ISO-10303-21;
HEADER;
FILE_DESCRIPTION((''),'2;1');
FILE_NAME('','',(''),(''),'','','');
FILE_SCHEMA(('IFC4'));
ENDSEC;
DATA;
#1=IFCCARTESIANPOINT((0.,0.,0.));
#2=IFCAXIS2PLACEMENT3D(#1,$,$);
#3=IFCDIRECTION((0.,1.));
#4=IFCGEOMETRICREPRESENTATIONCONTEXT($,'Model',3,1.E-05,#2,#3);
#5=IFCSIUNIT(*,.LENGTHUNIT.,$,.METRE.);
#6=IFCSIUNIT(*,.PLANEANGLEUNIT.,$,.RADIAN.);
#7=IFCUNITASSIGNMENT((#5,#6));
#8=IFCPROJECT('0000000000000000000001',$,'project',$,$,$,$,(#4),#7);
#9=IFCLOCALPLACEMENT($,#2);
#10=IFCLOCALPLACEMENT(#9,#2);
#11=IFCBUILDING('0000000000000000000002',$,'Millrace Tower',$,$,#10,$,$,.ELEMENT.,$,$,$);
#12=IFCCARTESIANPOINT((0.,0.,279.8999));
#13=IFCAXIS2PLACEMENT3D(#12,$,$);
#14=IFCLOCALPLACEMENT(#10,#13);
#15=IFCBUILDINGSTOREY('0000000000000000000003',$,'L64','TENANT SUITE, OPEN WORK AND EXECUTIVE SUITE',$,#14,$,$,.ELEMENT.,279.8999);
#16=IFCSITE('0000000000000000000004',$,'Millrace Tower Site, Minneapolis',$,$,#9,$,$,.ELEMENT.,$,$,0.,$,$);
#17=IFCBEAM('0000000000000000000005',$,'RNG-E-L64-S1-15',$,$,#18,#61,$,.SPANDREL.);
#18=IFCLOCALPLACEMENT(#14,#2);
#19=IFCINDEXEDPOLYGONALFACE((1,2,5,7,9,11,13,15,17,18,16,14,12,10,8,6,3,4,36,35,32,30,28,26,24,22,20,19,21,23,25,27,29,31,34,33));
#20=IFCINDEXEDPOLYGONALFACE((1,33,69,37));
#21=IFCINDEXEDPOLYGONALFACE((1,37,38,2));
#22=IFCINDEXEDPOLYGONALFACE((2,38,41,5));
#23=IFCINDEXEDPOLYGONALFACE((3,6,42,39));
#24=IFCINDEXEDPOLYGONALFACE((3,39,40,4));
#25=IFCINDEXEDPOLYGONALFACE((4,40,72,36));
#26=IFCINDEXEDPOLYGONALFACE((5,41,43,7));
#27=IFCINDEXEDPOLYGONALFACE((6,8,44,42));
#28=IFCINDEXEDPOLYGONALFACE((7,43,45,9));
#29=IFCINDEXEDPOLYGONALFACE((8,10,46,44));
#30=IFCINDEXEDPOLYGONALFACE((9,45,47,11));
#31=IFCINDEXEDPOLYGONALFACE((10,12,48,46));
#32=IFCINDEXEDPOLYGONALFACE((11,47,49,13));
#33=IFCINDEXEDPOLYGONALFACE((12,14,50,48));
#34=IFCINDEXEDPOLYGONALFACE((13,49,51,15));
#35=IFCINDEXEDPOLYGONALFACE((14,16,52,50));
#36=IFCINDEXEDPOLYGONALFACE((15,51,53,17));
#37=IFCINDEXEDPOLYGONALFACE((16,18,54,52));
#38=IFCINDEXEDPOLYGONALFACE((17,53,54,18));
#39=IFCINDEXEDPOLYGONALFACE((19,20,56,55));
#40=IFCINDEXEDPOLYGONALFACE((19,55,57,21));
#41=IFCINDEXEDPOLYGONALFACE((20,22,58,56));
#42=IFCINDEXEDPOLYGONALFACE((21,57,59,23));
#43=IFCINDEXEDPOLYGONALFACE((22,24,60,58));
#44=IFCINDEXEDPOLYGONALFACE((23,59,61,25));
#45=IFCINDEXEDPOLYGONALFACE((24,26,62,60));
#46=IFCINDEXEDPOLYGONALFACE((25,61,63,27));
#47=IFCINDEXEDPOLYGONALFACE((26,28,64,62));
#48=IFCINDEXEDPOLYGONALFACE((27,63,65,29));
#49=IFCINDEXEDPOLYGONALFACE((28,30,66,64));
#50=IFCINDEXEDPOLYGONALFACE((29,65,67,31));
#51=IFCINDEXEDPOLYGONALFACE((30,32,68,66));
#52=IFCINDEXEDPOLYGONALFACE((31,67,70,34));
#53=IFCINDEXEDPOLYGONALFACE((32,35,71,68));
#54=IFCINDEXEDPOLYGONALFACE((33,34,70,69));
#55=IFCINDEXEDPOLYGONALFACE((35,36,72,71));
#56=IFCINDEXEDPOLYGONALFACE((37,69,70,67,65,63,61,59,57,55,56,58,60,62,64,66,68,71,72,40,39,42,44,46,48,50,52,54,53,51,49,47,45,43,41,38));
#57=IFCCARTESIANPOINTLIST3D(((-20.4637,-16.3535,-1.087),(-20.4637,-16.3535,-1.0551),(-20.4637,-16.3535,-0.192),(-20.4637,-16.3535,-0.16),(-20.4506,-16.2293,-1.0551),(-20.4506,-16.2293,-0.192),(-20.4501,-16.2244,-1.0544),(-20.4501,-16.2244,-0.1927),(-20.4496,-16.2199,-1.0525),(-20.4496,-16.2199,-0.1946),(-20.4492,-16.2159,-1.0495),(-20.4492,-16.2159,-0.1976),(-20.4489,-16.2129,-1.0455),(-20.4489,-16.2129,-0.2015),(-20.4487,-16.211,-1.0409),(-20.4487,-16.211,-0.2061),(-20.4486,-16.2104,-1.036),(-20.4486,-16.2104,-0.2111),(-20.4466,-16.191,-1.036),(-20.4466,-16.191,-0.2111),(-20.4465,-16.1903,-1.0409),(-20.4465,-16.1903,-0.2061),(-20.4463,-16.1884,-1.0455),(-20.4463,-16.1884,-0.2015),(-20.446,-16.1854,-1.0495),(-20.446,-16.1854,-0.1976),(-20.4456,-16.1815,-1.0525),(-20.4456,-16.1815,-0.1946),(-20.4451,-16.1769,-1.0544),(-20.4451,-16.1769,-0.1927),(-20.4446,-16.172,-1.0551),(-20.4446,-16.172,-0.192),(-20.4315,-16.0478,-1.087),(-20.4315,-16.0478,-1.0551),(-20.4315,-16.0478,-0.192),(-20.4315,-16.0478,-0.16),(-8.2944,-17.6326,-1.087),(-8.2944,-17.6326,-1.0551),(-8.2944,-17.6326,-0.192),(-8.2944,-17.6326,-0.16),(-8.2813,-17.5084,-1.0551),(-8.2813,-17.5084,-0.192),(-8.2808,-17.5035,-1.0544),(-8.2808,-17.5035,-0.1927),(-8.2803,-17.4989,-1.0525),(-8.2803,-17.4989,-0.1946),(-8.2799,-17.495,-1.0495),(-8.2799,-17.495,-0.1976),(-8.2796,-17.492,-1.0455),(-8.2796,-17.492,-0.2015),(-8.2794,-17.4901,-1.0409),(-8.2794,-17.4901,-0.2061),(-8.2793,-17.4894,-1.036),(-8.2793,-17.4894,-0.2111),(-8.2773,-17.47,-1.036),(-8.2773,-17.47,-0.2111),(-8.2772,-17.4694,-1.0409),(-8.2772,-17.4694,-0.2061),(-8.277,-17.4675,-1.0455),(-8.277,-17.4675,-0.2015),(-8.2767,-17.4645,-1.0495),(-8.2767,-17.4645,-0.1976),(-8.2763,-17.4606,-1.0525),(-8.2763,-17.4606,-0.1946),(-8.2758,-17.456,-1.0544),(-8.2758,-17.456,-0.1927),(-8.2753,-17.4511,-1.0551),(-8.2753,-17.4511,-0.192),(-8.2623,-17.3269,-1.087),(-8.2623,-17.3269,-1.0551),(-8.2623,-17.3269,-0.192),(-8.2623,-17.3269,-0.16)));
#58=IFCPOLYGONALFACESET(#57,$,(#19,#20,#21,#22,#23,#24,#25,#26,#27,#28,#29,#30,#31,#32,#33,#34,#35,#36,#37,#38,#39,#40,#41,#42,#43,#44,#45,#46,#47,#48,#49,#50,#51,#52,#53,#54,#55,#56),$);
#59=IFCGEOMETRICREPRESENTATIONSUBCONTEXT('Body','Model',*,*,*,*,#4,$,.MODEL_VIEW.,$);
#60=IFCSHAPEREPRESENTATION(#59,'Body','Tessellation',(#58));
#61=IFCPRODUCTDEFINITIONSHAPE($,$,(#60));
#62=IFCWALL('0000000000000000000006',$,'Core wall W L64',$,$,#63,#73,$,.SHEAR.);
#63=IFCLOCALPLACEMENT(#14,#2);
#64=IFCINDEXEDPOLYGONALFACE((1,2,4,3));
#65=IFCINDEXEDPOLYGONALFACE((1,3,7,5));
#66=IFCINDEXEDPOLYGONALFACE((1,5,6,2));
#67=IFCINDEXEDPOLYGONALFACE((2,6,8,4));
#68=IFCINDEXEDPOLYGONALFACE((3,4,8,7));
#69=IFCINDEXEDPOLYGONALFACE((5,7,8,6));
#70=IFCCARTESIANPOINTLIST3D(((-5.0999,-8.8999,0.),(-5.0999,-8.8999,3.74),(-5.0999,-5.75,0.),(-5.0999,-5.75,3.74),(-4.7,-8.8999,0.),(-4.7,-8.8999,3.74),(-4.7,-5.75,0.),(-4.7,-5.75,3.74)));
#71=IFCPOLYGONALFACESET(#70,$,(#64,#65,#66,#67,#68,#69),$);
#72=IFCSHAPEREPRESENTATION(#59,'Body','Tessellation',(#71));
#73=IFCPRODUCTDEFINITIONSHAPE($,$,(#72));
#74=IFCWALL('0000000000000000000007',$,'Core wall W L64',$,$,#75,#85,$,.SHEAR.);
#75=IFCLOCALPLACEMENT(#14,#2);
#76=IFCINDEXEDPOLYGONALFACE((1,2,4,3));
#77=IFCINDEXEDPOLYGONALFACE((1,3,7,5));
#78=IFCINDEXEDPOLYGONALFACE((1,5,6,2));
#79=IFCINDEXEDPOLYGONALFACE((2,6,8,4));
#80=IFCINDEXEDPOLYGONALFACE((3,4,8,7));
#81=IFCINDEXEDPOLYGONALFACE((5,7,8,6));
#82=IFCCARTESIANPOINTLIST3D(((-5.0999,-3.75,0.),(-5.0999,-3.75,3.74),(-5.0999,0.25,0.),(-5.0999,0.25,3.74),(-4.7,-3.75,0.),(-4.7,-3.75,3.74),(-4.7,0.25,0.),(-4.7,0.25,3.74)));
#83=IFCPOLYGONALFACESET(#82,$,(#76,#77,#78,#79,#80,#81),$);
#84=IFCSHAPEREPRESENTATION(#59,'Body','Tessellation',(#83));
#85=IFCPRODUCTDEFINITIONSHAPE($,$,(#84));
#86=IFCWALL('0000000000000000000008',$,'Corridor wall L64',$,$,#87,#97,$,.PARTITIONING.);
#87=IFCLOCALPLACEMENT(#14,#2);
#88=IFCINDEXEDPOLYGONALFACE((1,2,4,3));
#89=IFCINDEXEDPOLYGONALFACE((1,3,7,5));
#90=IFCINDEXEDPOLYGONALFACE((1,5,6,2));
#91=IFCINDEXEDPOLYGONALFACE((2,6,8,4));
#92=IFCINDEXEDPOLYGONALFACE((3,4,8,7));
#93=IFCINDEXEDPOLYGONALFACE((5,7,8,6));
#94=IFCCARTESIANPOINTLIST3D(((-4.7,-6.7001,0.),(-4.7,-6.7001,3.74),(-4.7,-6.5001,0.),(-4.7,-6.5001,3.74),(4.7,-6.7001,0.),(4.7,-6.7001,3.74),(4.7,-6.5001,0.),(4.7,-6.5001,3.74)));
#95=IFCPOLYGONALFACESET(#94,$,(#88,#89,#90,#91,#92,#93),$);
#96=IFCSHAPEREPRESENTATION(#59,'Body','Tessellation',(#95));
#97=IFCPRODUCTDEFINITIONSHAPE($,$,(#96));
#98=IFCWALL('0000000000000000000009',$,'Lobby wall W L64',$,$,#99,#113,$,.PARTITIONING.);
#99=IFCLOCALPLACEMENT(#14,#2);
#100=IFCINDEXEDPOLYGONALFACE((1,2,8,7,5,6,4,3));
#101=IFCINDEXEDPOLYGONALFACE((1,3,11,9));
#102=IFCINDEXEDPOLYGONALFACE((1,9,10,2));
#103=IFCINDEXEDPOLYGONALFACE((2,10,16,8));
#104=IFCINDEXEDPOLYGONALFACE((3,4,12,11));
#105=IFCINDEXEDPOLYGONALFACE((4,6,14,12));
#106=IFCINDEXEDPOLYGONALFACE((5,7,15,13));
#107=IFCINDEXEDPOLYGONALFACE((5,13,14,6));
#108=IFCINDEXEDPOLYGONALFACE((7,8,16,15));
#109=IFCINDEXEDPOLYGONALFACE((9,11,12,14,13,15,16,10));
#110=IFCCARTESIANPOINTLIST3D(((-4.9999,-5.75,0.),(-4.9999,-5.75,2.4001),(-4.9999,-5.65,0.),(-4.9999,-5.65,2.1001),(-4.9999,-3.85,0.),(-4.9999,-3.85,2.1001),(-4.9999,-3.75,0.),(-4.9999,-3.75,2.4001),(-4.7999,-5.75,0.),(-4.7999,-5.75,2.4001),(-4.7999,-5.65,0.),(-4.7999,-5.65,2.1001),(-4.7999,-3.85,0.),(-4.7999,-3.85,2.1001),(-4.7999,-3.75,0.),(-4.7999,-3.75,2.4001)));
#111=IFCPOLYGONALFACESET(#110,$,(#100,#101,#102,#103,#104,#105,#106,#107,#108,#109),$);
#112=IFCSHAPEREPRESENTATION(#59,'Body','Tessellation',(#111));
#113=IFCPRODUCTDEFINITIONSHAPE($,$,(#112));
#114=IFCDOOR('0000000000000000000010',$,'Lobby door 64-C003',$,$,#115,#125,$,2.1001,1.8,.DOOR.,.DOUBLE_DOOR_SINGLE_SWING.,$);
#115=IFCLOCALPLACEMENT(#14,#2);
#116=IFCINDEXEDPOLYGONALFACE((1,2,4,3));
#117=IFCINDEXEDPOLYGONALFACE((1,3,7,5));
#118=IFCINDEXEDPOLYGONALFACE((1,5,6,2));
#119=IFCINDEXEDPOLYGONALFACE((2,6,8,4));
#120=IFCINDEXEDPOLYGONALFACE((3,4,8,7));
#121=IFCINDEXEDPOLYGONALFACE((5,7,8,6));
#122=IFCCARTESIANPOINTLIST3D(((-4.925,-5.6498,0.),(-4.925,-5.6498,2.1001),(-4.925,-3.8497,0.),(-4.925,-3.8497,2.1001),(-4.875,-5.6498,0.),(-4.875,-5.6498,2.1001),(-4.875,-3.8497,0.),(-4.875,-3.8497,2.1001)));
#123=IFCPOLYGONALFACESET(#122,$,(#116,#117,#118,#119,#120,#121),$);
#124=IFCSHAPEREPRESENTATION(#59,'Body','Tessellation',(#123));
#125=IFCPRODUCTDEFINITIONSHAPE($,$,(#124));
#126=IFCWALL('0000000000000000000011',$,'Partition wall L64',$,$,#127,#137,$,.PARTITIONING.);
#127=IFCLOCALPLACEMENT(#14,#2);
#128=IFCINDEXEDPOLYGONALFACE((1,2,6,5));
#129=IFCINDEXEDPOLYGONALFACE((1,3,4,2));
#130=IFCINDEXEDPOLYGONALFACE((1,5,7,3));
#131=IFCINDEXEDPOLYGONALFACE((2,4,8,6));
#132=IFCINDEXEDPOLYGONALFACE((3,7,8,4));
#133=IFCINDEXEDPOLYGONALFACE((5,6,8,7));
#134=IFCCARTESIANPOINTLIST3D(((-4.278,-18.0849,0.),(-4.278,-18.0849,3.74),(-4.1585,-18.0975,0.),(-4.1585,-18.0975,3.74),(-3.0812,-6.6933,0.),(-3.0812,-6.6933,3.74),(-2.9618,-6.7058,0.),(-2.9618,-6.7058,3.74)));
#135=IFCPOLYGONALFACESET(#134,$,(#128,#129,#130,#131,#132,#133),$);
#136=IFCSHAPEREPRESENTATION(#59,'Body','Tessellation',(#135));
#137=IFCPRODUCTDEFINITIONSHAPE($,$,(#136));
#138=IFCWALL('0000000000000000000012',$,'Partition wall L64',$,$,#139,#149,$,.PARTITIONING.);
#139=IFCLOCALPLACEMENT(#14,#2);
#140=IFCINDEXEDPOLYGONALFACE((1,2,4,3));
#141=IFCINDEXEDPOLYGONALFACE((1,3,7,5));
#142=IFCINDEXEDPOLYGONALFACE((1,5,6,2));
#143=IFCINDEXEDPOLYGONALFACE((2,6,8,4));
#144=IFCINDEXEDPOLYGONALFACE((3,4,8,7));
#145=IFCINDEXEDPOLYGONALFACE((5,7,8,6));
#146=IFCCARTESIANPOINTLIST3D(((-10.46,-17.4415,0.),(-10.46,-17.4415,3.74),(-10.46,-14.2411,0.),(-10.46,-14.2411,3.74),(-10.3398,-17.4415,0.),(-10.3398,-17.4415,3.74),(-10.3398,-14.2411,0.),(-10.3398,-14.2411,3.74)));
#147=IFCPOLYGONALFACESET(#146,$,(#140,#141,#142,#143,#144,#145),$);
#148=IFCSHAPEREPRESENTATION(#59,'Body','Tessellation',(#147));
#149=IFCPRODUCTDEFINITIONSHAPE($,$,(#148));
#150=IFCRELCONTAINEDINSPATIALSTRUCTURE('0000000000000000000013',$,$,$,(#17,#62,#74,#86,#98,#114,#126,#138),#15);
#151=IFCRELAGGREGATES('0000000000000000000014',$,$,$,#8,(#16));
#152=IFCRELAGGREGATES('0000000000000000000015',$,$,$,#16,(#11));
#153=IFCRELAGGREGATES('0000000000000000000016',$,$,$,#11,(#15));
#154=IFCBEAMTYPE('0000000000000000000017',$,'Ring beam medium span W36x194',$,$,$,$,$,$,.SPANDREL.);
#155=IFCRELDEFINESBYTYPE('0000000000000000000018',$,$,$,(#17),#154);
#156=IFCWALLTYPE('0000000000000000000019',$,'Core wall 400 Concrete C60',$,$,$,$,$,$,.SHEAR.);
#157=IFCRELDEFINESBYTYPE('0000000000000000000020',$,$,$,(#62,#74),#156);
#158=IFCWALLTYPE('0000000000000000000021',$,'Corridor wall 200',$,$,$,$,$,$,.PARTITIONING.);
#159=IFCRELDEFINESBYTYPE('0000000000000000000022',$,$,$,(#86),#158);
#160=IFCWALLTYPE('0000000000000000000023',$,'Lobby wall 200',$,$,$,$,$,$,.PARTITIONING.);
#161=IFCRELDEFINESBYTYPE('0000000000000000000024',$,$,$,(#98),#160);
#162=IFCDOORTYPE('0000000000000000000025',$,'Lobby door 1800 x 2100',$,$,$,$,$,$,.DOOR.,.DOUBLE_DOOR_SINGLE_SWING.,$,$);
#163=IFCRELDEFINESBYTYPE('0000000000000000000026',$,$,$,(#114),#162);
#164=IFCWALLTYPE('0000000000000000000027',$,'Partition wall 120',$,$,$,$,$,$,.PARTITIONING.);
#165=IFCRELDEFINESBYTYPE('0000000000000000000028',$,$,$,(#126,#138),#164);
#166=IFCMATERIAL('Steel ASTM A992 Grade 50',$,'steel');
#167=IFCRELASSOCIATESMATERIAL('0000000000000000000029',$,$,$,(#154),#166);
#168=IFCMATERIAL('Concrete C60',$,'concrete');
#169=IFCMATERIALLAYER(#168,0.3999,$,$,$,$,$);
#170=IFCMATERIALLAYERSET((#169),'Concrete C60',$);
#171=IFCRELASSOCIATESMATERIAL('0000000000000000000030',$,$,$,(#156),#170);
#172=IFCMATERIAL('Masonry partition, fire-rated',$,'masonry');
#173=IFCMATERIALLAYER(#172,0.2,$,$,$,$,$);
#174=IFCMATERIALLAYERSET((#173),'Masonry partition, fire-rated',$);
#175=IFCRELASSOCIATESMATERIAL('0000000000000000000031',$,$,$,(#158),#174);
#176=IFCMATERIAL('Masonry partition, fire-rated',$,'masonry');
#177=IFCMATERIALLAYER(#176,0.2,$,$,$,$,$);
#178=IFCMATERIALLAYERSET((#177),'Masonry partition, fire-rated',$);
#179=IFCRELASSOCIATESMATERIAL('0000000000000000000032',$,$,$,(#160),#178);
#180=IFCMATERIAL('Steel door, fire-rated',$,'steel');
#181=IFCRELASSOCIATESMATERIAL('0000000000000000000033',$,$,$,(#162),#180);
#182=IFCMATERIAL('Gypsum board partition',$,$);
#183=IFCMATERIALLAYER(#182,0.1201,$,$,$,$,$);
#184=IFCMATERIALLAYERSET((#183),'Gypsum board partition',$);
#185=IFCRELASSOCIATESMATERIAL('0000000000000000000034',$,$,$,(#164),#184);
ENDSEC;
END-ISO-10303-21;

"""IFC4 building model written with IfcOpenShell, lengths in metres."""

from ifc_helpers import new_model, si_unit, direction, frame, frame_2d, origin, origin_2d, place, context, subcontext, project, spatial, rectangle, i_section, extrude, material, layer, layer_set, material_profile, profile_set, type_object, element, fill, save


model = new_model("IFC4")

# Units and contexts
model_context = context("Model", 3, precision=1e-05, world=origin(), true_north=direction((0.0, 1.0)))
body_context = subcontext(model_context, "Body", "Model", "MODEL_VIEW")
ifc_project = project(units=[si_unit("LENGTHUNIT", "METRE"), si_unit("PLANEANGLEUNIT", "RADIAN")], contexts=[model_context])

# Site, building, storey
site_placement = place(None, origin())
site = spatial("IfcSite", under=ifc_project, at=site_placement, Name="Millrace Tower Site, Minneapolis", CompositionType="ELEMENT", RefElevation=0.0)
building_placement = place(site_placement, origin())
building = spatial("IfcBuilding", under=site, at=building_placement, Name="Millrace Tower", CompositionType="ELEMENT")
storey_placement = place(building_placement, frame((0.0, 0.0, 279.8999)))
storey = spatial("IfcBuildingStorey", under=building, at=storey_placement, Name="L64", Description="TENANT SUITE, OPEN WORK AND EXECUTIVE SUITE", CompositionType="ELEMENT", Elevation=279.8999)

# Beam
ifc_material_1 = material(Name="Steel ASTM A992 Grade 50", Category="steel")
ifc_material_profile_1 = material_profile(ifc_material_1, i_section(OverallWidth=0.3074, OverallDepth=0.927, WebThickness=0.0195, FlangeThickness=0.032, FilletRadius=0.019, at=origin_2d()))
ifc_profile_set_1 = profile_set([ifc_material_profile_1], Name="Steel ASTM A992 Grade 50")
beam_type_1 = type_object("IfcBeamType", Name="Ring beam medium span W36x194", PredefinedType="SPANDREL", material=ifc_profile_set_1)
beam_1_placement = place(storey_placement, frame((-8.2783, -17.4797, -0.6235), z_axis=(-0.994522, 0.10453, 0.0), x_axis=(-0.10453, -0.994522, 0.0)))
element("IfcBeam", 1, at=beam_1_placement, inside=storey, type_object=beam_type_1, Name="RNG-E-L64-S1-15", PredefinedType="SPANDREL", context=body_context, shape_type="SweptSolid", body=[
    extrude(i_section(OverallWidth=0.3074, OverallDepth=0.927, WebThickness=0.0195, FlangeThickness=0.032, FilletRadius=0.019, at=origin_2d()), origin(), (0.0, 0.0, 1.0), 12.2363),
])

# Walls
ifc_material_2 = material(Name="Concrete C60", Category="concrete")
ifc_layer_1 = layer(ifc_material_2, 0.3999)
ifc_layer_set_1 = layer_set([ifc_layer_1], Name="Concrete C60")
wall_type_1 = type_object("IfcWallType", Name="Core wall 400 Concrete C60", PredefinedType="SHEAR", material=ifc_layer_set_1)
wall_1_placement = place(storey_placement, frame((-4.8999, -8.8999, 0.0), z_axis=(0.0, 0.0, 1.0), x_axis=(0.0, 1.0, 0.0)))
element("IfcWall", 2, at=wall_1_placement, inside=storey, type_object=wall_type_1, Name="Core wall W L64", PredefinedType="SHEAR", context=body_context, shape_type="SweptSolid", body=[
    extrude(rectangle(XDim=3.1499, YDim=0.3999, at=frame_2d((1.575, 0.0))), origin(), (0.0, 0.0, 1.0), 3.74),
])
wall_2_placement = place(storey_placement, frame((-4.8999, -3.75, 0.0), z_axis=(0.0, 0.0, 1.0), x_axis=(0.0, 1.0, 0.0)))
element("IfcWall", 3, at=wall_2_placement, inside=storey, type_object=wall_type_1, Name="Core wall W L64", PredefinedType="SHEAR", context=body_context, shape_type="SweptSolid", body=[
    extrude(rectangle(XDim=4.0, YDim=0.3999, at=frame_2d((2.0, 0.0))), origin(), (0.0, 0.0, 1.0), 3.74),
])
ifc_material_3 = material(Name="Masonry partition, fire-rated", Category="masonry")
ifc_layer_2 = layer(ifc_material_3, 0.2)
ifc_layer_set_2 = layer_set([ifc_layer_2], Name="Masonry partition, fire-rated")
wall_type_2 = type_object("IfcWallType", Name="Corridor wall 200", PredefinedType="PARTITIONING", material=ifc_layer_set_2)
wall_3_placement = place(storey_placement, frame((-4.7, -6.6001, 0.0), z_axis=(0.0, 0.0, 1.0), x_axis=(1.0, 0.0, 0.0)))
element("IfcWall", 4, at=wall_3_placement, inside=storey, type_object=wall_type_2, Name="Corridor wall L64", PredefinedType="PARTITIONING", context=body_context, shape_type="SweptSolid", body=[
    extrude(rectangle(XDim=9.3999, YDim=0.2, at=frame_2d((4.7, 0.0))), origin(), (0.0, 0.0, 1.0), 3.74),
])

# Wall, opening, door
ifc_material_4 = material(Name="Masonry partition, fire-rated", Category="masonry")
ifc_layer_3 = layer(ifc_material_4, 0.2)
ifc_layer_set_3 = layer_set([ifc_layer_3], Name="Masonry partition, fire-rated")
wall_type_3 = type_object("IfcWallType", Name="Lobby wall 200", PredefinedType="PARTITIONING", material=ifc_layer_set_3)
wall_4_placement = place(storey_placement, frame((-4.8999, -5.75, 0.0), z_axis=(0.0, 0.0, 1.0), x_axis=(0.0, 1.0, 0.0)))
wall_4 = element("IfcWall", 5, at=wall_4_placement, inside=storey, type_object=wall_type_3, Name="Lobby wall W L64", PredefinedType="PARTITIONING", context=body_context, shape_type="SweptSolid", body=[
    extrude(rectangle(XDim=2.0, YDim=0.2, at=frame_2d((1.0, 0.0))), origin(), (0.0, 0.0, 1.0), 2.4001),
])
opening_placement = place(wall_4_placement, frame((0.1001, 0.0, 0.0)))
opening = element("IfcOpeningElement", 6, at=opening_placement, cuts=wall_4, PredefinedType="OPENING", context=body_context, shape_type="SweptSolid", body=[
    extrude(rectangle(XDim=1.8, YDim=2.1001, at=frame_2d((0.8999, 1.05))), frame((0.0, 0.1099, 0.0), z_axis=(0.0, -1.0, 0.0), x_axis=(1.0, 0.0, 0.0)), (0.0, 0.0, 1.0), 0.22),
])
ifc_material_5 = material(Name="Steel door, fire-rated", Category="steel")
door_type = type_object("IfcDoorType", Name="Lobby door 1800 x 2100", OperationType="DOUBLE_DOOR_SINGLE_SWING", PredefinedType="DOOR", material=ifc_material_5)
door_placement = place(opening_placement, frame((1.8, 0.0, 0.0), z_axis=(0.0, 0.0, 1.0), x_axis=(-1.0, 0.0, 0.0)))
door = element("IfcDoor", 7, at=door_placement, inside=storey, type_object=door_type, Name="Lobby door 64-C003", OperationType="DOUBLE_DOOR_SINGLE_SWING", OverallHeight=2.1001, OverallWidth=1.8, PredefinedType="DOOR", context=body_context, shape_type="SweptSolid", body=[
    extrude(rectangle(XDim=1.8, YDim=2.1001, at=frame_2d((0.8999, 1.05))), frame((0.0, 0.0249, 0.0), z_axis=(0.0, -1.0, 0.0), x_axis=(1.0, 0.0, 0.0)), (0.0, 0.0, 1.0), 0.05),
])
fill(opening, door)

# Walls
ifc_material_6 = material(Name="Gypsum board partition")
ifc_layer_4 = layer(ifc_material_6, 0.1201)
ifc_layer_set_4 = layer_set([ifc_layer_4], Name="Gypsum board partition")
wall_type_4 = type_object("IfcWallType", Name="Partition wall 120", PredefinedType="PARTITIONING", material=ifc_layer_set_4)
wall_5_placement = place(storey_placement, frame((-4.2183, -18.0911, 0.0), z_axis=(0.0, 0.0, 1.0), x_axis=(0.104483, 0.994527, 0.0)))
element("IfcWall", 8, at=wall_5_placement, inside=storey, type_object=wall_type_4, Name="Partition wall L64", PredefinedType="PARTITIONING", context=body_context, shape_type="SweptSolid", body=[
    extrude(rectangle(XDim=11.4543, YDim=0.1201, at=frame_2d((5.7271, 0.0))), origin(), (0.0, 0.0, 1.0), 3.74),
])
wall_6_placement = place(storey_placement, frame((-10.3999, -17.4414, 0.0), z_axis=(0.0, 0.0, 1.0), x_axis=(0.0, 1.0, 0.0)))
element("IfcWall", 9, at=wall_6_placement, inside=storey, type_object=wall_type_4, Name="Partition wall L64", PredefinedType="PARTITIONING", context=body_context, shape_type="SweptSolid", body=[
    extrude(rectangle(XDim=3.2004, YDim=0.1201, at=frame_2d((1.6001, 0.0))), origin(), (0.0, 0.0, 1.0), 3.74),
])

save(model, "model.ifc")
